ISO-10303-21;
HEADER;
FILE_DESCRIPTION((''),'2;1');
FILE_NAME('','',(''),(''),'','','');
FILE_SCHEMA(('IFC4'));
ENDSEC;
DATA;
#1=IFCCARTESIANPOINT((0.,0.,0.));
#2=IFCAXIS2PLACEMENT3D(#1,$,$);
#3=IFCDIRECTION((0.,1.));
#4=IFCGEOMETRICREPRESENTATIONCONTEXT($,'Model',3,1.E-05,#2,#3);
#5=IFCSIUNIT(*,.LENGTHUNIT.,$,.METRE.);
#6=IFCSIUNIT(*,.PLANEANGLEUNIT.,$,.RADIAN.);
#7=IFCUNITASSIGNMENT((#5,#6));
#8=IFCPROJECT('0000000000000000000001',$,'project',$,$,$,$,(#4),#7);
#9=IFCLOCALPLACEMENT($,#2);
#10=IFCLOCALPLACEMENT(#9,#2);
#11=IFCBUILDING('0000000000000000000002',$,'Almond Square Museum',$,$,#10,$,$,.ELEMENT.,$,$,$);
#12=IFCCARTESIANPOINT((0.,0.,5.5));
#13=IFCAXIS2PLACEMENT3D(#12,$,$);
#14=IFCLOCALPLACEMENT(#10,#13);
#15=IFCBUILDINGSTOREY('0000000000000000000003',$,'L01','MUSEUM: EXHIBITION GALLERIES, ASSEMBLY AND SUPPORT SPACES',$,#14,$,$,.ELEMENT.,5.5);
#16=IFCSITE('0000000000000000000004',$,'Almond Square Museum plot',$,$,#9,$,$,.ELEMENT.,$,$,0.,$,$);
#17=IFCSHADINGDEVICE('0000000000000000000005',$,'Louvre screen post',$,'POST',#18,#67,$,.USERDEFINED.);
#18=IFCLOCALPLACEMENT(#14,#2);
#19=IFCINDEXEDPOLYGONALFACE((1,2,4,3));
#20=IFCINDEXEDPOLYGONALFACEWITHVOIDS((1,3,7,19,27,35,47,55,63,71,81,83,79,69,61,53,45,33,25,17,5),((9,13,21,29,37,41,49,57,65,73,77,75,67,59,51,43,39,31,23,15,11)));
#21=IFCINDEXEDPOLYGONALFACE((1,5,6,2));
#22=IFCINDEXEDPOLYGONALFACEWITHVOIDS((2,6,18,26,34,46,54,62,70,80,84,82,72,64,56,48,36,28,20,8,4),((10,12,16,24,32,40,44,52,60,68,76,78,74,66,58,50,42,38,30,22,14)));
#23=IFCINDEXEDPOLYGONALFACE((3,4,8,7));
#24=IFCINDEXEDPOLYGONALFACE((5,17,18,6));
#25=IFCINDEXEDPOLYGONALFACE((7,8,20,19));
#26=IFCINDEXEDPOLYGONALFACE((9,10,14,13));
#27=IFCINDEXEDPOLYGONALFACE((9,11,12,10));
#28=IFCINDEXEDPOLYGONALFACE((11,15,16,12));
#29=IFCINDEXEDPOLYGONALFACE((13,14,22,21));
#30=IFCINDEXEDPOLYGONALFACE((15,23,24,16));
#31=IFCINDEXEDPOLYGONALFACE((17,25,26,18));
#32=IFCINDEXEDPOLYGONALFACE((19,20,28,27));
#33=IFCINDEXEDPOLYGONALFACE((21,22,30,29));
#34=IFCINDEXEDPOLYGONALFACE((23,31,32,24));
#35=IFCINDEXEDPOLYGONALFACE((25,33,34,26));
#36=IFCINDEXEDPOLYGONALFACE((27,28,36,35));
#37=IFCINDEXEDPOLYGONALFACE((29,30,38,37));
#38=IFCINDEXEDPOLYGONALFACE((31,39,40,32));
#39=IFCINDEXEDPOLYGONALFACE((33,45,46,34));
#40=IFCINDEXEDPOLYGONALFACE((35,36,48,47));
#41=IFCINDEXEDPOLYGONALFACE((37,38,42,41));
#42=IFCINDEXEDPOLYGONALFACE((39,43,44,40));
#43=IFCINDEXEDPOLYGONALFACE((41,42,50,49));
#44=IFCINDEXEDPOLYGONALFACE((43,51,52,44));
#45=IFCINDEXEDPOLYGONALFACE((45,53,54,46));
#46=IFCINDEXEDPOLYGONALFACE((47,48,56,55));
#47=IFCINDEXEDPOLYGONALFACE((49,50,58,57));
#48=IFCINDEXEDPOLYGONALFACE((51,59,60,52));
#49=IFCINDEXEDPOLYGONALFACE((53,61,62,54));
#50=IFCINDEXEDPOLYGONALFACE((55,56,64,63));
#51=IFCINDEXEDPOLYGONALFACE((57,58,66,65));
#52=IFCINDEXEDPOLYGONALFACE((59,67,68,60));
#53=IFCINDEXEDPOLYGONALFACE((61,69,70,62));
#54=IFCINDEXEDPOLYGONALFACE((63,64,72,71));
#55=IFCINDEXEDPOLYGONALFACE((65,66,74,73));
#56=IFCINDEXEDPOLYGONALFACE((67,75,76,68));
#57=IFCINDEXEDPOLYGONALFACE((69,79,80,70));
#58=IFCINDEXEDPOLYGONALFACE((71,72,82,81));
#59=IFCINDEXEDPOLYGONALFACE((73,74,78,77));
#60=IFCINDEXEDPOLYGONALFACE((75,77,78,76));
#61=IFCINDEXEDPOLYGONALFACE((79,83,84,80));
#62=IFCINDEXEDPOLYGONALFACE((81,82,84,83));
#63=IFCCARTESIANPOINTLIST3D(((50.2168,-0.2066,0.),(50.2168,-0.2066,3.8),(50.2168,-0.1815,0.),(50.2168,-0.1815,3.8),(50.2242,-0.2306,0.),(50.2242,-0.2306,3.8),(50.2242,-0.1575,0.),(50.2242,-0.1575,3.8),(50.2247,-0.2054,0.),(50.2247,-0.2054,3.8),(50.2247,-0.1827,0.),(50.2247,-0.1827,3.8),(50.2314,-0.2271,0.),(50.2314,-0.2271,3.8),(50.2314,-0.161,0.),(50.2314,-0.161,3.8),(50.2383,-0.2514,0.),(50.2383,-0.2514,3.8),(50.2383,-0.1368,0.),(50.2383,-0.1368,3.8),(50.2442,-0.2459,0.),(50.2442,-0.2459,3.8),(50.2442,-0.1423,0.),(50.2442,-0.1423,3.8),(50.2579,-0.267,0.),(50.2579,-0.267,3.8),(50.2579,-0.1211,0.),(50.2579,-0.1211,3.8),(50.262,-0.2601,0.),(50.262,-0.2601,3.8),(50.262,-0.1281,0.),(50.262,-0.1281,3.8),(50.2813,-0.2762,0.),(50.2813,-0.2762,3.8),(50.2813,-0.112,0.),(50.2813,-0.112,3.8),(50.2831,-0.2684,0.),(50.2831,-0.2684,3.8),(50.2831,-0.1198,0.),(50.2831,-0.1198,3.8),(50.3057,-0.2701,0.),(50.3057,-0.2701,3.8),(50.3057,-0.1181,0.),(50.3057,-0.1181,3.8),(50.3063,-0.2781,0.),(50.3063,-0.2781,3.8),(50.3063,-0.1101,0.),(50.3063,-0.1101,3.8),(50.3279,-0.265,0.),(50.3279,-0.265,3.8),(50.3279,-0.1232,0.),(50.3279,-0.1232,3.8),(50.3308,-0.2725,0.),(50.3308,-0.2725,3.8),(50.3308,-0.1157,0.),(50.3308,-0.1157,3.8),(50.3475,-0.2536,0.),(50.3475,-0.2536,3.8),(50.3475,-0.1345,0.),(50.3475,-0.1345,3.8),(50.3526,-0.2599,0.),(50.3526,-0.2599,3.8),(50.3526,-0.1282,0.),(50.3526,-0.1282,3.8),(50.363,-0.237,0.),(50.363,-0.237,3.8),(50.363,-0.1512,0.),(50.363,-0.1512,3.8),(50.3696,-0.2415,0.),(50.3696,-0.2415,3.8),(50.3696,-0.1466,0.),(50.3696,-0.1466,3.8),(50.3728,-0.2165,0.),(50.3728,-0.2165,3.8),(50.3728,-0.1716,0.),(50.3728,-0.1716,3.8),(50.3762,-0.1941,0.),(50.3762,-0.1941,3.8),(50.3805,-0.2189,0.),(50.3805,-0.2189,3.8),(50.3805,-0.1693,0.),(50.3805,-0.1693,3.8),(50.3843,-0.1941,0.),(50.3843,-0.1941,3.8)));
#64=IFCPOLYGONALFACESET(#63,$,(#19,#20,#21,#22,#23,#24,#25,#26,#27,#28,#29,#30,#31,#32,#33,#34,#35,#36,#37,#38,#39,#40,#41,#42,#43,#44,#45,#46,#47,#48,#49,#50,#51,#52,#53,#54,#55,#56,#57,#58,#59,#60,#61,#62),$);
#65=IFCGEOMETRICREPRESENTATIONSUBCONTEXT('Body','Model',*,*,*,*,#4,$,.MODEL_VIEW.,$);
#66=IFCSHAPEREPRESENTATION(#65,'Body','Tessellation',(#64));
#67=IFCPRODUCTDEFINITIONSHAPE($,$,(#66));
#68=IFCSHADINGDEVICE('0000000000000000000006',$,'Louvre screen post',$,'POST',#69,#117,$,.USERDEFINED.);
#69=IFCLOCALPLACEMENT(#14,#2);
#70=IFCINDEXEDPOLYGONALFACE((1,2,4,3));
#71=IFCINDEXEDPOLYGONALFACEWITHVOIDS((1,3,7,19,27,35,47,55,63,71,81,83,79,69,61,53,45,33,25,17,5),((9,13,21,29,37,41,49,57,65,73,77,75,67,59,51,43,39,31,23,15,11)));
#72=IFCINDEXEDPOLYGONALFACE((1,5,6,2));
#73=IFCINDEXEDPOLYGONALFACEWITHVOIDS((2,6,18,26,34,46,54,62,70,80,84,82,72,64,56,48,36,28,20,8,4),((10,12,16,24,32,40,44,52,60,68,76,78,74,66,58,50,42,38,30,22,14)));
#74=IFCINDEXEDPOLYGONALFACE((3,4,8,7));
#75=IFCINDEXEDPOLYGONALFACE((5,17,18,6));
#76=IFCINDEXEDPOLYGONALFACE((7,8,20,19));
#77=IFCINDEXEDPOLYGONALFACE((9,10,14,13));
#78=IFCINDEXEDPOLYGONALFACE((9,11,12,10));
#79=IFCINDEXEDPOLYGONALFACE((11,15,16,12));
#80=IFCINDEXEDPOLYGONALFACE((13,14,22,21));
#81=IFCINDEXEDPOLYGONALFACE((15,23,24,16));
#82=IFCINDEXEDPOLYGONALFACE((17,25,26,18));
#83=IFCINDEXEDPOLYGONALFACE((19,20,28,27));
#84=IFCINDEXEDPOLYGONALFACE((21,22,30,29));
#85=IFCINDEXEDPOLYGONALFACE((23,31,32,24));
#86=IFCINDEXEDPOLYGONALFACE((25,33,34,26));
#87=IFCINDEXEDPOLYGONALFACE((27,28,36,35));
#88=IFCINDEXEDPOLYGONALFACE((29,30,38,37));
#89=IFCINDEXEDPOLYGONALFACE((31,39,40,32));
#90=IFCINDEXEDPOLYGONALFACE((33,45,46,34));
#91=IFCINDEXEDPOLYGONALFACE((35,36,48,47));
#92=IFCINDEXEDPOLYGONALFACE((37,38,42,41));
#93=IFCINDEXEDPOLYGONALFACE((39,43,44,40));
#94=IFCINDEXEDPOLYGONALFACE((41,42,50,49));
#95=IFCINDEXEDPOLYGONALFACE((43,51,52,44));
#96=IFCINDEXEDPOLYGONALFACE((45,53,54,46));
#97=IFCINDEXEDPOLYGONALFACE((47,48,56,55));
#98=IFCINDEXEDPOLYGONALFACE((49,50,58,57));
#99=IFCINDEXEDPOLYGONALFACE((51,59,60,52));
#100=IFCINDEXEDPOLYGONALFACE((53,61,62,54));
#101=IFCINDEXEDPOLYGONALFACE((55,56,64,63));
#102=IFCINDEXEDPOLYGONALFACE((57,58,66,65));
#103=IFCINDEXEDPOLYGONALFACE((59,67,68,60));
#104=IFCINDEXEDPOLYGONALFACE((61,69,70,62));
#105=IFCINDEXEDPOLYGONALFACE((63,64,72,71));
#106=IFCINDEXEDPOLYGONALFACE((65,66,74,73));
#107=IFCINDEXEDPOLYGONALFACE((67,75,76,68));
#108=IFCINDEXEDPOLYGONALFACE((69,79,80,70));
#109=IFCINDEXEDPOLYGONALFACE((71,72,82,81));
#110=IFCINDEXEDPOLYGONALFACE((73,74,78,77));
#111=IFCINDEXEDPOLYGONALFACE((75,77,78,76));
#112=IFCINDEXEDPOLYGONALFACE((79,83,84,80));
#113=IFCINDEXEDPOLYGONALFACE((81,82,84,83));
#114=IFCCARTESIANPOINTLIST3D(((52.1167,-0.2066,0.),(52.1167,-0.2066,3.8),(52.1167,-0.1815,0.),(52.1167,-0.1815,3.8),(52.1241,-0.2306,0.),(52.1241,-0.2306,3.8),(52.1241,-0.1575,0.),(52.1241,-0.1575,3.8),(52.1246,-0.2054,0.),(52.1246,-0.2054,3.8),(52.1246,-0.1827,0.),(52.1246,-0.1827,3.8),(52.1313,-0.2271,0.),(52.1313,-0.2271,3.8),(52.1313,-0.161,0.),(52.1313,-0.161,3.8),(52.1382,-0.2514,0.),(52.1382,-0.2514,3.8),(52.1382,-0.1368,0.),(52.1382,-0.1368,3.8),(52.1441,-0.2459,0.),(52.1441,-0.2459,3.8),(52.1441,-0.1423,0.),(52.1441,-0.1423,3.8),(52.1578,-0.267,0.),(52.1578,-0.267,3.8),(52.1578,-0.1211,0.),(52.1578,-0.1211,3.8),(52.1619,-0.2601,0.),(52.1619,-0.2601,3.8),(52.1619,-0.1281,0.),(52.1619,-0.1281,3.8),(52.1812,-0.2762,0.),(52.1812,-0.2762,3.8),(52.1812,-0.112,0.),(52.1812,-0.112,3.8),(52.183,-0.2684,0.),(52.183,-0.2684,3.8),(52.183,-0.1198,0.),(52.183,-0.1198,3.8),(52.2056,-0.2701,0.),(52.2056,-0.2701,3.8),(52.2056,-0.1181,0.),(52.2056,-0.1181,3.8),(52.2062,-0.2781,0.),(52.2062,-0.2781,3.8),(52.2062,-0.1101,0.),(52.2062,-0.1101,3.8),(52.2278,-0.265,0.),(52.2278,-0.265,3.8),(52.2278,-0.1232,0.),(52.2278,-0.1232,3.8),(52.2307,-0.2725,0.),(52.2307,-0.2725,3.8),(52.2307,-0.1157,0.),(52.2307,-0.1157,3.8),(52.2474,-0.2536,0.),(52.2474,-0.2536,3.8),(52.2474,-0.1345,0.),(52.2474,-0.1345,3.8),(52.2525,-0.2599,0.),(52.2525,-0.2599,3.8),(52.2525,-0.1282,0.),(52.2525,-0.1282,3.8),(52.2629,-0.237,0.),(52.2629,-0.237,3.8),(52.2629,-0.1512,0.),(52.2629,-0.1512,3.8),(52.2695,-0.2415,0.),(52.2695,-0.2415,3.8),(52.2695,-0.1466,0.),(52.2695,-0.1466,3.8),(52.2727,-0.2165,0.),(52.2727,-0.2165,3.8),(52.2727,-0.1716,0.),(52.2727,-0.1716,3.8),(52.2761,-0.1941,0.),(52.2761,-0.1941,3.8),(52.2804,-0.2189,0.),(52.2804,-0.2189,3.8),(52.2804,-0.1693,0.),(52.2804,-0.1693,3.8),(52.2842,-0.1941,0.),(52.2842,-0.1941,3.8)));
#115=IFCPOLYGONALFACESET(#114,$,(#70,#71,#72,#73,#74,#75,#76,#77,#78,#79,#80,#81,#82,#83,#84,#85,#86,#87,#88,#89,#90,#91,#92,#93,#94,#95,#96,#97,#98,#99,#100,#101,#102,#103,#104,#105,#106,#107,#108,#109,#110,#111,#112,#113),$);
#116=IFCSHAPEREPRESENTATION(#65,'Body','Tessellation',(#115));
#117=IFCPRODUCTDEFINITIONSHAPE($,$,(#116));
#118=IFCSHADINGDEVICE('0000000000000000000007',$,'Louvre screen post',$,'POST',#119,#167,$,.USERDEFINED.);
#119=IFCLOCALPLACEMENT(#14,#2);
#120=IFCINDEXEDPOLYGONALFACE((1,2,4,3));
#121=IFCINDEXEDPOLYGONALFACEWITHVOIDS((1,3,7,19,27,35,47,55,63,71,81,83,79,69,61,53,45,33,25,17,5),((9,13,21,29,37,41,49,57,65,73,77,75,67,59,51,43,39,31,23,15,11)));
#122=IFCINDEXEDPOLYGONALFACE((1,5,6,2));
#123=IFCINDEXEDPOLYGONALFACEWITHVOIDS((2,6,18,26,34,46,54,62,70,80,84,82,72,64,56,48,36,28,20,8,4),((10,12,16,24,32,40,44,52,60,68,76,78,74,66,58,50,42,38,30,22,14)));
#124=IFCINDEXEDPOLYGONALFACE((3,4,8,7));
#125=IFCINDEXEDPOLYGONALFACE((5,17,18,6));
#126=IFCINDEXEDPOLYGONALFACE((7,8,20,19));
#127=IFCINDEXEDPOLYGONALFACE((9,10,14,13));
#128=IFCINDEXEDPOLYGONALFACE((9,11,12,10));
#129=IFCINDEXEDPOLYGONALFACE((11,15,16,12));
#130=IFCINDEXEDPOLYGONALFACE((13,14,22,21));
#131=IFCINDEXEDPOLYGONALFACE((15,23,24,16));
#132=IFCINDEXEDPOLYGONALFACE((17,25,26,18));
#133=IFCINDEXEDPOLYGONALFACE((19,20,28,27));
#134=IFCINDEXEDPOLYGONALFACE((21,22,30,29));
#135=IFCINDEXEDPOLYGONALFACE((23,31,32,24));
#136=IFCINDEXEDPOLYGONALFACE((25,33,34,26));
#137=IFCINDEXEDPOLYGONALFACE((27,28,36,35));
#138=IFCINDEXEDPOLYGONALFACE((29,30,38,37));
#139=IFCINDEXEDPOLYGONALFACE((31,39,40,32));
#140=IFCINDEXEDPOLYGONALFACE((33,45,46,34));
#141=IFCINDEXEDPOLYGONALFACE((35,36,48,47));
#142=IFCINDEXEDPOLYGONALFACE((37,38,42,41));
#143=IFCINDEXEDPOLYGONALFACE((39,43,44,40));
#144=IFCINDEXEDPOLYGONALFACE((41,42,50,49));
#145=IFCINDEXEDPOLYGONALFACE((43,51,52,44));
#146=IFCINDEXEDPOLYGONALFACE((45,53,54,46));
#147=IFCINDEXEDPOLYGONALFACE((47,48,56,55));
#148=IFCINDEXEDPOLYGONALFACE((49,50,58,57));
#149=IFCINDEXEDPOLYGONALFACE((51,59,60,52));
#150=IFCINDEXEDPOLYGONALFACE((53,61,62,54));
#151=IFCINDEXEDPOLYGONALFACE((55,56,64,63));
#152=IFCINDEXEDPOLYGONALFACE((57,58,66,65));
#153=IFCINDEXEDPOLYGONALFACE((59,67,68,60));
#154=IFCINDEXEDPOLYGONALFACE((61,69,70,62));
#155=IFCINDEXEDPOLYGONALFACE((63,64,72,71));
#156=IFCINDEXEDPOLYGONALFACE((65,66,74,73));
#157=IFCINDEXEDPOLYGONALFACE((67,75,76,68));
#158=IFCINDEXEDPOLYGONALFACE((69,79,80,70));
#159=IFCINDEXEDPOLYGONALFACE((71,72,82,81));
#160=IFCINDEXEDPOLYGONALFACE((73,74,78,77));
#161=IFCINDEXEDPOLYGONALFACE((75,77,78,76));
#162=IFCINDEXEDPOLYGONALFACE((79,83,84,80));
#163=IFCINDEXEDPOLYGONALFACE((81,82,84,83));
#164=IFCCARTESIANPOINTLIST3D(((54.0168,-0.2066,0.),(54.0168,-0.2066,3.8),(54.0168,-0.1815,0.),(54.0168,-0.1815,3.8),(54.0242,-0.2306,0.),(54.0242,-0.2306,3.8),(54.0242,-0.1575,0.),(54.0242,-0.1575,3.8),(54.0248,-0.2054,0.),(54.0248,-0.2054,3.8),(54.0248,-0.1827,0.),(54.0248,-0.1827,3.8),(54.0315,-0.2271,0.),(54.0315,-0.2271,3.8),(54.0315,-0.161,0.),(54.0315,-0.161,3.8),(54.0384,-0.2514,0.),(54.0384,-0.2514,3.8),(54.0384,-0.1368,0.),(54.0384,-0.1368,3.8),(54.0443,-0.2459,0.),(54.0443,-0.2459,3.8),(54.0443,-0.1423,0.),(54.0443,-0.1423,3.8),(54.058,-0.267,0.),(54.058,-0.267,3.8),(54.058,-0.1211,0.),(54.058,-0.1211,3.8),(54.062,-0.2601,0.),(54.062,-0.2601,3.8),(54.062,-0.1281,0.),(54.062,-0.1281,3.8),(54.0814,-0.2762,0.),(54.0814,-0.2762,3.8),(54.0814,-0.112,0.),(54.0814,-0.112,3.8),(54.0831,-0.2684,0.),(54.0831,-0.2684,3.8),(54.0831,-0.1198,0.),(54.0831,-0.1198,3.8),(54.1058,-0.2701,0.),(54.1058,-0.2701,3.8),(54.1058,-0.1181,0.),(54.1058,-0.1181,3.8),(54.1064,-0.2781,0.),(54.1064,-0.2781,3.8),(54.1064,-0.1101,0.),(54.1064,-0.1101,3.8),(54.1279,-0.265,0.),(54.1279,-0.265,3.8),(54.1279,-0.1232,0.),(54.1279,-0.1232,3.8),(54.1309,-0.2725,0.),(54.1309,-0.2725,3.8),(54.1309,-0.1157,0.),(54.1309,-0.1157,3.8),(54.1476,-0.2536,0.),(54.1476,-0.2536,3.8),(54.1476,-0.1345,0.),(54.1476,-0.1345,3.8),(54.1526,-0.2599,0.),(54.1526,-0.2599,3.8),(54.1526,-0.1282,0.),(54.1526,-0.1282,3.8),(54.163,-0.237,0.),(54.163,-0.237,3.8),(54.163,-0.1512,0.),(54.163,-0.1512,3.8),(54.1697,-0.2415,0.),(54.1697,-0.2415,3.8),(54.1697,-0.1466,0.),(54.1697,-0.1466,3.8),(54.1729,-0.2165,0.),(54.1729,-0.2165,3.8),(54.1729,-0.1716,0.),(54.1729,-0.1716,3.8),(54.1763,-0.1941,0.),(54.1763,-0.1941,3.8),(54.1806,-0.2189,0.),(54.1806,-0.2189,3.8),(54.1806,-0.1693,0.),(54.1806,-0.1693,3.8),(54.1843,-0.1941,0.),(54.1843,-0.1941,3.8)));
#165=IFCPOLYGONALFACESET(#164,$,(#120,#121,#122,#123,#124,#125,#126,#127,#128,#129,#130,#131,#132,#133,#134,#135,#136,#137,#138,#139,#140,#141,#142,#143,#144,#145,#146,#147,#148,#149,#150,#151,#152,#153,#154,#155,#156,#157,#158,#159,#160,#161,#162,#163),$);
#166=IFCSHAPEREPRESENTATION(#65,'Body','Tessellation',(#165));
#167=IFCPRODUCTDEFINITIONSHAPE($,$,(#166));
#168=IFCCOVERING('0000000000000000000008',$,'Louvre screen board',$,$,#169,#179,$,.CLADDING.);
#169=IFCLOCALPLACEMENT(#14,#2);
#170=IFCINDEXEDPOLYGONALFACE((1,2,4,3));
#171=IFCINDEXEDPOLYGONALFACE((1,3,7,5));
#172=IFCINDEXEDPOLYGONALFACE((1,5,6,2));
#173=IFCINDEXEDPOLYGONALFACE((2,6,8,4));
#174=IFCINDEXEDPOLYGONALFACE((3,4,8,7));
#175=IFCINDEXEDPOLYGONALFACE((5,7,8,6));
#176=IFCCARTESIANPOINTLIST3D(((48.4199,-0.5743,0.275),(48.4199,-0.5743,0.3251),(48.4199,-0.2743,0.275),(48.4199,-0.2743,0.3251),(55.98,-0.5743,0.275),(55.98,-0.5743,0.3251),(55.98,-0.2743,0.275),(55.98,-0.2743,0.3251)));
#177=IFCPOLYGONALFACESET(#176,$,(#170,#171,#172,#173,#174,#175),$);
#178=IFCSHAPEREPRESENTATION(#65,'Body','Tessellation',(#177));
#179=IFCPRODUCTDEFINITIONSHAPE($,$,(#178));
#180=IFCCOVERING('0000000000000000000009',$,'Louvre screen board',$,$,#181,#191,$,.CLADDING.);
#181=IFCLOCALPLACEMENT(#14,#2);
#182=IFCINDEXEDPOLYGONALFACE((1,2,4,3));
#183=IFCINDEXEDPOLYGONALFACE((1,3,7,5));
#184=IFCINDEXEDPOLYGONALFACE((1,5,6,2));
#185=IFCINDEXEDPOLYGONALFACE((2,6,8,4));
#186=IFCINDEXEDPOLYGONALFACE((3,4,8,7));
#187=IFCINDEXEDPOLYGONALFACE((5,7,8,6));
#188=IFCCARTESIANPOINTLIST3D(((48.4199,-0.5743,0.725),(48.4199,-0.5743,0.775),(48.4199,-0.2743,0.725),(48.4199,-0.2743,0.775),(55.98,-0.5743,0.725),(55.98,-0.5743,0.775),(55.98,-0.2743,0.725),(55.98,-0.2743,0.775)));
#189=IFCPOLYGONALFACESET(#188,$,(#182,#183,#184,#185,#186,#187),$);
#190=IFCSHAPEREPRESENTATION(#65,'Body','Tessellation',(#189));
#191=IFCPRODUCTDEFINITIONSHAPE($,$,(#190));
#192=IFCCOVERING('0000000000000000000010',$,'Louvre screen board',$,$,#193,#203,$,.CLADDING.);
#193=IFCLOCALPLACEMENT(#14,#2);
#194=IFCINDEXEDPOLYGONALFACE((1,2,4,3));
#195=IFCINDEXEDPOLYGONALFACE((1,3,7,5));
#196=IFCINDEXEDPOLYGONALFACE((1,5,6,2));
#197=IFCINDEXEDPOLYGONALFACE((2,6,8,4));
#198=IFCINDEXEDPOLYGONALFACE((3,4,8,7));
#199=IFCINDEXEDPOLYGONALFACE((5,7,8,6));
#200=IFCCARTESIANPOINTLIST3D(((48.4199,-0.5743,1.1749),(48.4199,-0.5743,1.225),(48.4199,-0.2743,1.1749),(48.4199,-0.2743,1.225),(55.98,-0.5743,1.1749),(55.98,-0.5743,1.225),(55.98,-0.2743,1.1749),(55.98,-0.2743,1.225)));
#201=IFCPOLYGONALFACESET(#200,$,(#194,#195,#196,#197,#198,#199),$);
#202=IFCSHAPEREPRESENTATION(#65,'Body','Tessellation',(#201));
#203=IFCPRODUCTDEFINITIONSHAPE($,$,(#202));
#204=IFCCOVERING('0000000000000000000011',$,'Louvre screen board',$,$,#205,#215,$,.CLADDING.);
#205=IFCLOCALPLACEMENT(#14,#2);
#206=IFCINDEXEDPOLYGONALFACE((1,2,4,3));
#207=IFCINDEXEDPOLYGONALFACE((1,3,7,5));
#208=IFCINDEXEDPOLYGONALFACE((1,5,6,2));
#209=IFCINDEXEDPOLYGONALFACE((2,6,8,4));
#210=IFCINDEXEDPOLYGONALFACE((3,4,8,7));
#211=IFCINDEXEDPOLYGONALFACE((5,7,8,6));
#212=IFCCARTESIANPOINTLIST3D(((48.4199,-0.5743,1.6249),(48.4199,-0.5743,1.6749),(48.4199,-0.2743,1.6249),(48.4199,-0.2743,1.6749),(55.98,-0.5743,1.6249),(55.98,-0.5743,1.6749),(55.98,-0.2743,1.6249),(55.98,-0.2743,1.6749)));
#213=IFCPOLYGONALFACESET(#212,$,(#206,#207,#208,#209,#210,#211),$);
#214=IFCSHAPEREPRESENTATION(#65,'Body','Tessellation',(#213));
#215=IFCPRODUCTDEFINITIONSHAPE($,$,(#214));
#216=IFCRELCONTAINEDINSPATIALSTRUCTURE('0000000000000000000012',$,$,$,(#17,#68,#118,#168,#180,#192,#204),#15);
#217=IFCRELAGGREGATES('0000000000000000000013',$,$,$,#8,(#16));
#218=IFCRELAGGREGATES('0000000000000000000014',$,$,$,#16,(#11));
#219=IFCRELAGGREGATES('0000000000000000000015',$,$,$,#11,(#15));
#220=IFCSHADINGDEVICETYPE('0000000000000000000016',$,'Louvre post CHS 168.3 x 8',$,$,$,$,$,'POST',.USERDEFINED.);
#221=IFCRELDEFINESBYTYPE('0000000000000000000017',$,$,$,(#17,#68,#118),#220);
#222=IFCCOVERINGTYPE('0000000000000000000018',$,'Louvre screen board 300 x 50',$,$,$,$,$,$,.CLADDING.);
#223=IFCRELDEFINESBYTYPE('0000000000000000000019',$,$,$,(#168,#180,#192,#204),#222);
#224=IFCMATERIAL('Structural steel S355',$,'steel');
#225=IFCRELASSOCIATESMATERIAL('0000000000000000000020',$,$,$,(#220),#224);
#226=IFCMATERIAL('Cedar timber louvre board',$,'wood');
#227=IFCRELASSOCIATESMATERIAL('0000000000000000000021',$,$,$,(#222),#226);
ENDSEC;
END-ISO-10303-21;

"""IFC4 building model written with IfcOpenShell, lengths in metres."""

from ifc_helpers import new_model, si_unit, direction, frame, origin, origin_2d, place, context, subcontext, project, spatial, rectangle, hollow_circle, extrude, material, material_profile, profile_set, type_object, element, save


model = new_model("IFC4")

# Units and contexts
model_context = context("Model", 3, precision=1e-05, world=origin(), true_north=direction((0.0, 1.0)))
body_context = subcontext(model_context, "Body", "Model", "MODEL_VIEW")
ifc_project = project(units=[si_unit("LENGTHUNIT", "METRE"), si_unit("PLANEANGLEUNIT", "RADIAN")], contexts=[model_context])

# Site, building, storey
site_placement = place(None, origin())
site = spatial("IfcSite", under=ifc_project, at=site_placement, Name="Almond Square Museum plot", CompositionType="ELEMENT", RefElevation=0.0)
building_placement = place(site_placement, origin())
building = spatial("IfcBuilding", under=site, at=building_placement, Name="Almond Square Museum", CompositionType="ELEMENT")
storey_placement = place(building_placement, frame((0.0, 0.0, 5.5)))
storey = spatial("IfcBuildingStorey", under=building, at=storey_placement, Name="L01", Description="MUSEUM: EXHIBITION GALLERIES, ASSEMBLY AND SUPPORT SPACES", CompositionType="ELEMENT", Elevation=5.5)

# Shading devices
ifc_material_1 = material(Name="Structural steel S355", Category="steel")
ifc_material_profile_1 = material_profile(ifc_material_1, hollow_circle(Radius=0.0842, WallThickness=0.0081, at=origin_2d()))
ifc_profile_set_1 = profile_set([ifc_material_profile_1], Name="Structural steel S355")
shading_device_type = type_object("IfcShadingDeviceType", Name="Louvre post CHS 168.3 x 8", ElementType="POST", PredefinedType="USERDEFINED", material=ifc_profile_set_1)
for number, where, z_axis, x_axis, name in (
    (1, (50.3, -0.1941, 0.0), (0.0, 0.0, 1.0), (1.0, 0.0, 0.0), "Louvre screen post"),
    (2, (52.2, -0.1941, 0.0), (0.0, 0.0, 1.0), (1.0, 0.0, 0.0), "Louvre screen post"),
    (3, (54.1001, -0.1941, 0.0), (0.0, 0.0, 1.0), (1.0, 0.0, 0.0), "Louvre screen post"),
):
    element("IfcShadingDevice", number, at=place(storey_placement, frame(where, z_axis=z_axis, x_axis=x_axis)), inside=storey, type_object=shading_device_type, Name=name, ObjectType="POST", PredefinedType="USERDEFINED", context=body_context, shape_type="SweptSolid", body=[
        extrude(hollow_circle(Radius=0.0842, WallThickness=0.0081, at=origin_2d()), origin(), (0.0, 0.0, 1.0), 3.8),
    ])

# Coverings
ifc_material_2 = material(Name="Cedar timber louvre board", Category="wood")
ifc_material_profile_2 = material_profile(ifc_material_2, rectangle(XDim=0.3, YDim=0.05, at=origin_2d()))
ifc_profile_set_2 = profile_set([ifc_material_profile_2], Name="Cedar timber louvre board")
covering_type = type_object("IfcCoveringType", Name="Louvre screen board 300 x 50", PredefinedType="CLADDING", material=ifc_profile_set_2)
for number, where, z_axis, x_axis, name in (
    (4, (48.4199, -0.4243, 0.3), (1.0, 0.0, 0.0), (0.0, 1.0, 0.0), "Louvre screen board"),
    (5, (48.4199, -0.4243, 0.75), (1.0, 0.0, 0.0), (0.0, 1.0, 0.0), "Louvre screen board"),
    (6, (48.4199, -0.4243, 1.2), (1.0, 0.0, 0.0), (0.0, 1.0, 0.0), "Louvre screen board"),
    (7, (48.4199, -0.4243, 1.6499), (1.0, 0.0, 0.0), (0.0, 1.0, 0.0), "Louvre screen board"),
):
    element("IfcCovering", number, at=place(storey_placement, frame(where, z_axis=z_axis, x_axis=x_axis)), inside=storey, type_object=covering_type, Name=name, PredefinedType="CLADDING", context=body_context, shape_type="SweptSolid", body=[
        extrude(rectangle(XDim=0.3, YDim=0.05, at=origin_2d()), origin(), (0.0, 0.0, 1.0), 7.5601),
    ])

save(model, "model.ifc")
